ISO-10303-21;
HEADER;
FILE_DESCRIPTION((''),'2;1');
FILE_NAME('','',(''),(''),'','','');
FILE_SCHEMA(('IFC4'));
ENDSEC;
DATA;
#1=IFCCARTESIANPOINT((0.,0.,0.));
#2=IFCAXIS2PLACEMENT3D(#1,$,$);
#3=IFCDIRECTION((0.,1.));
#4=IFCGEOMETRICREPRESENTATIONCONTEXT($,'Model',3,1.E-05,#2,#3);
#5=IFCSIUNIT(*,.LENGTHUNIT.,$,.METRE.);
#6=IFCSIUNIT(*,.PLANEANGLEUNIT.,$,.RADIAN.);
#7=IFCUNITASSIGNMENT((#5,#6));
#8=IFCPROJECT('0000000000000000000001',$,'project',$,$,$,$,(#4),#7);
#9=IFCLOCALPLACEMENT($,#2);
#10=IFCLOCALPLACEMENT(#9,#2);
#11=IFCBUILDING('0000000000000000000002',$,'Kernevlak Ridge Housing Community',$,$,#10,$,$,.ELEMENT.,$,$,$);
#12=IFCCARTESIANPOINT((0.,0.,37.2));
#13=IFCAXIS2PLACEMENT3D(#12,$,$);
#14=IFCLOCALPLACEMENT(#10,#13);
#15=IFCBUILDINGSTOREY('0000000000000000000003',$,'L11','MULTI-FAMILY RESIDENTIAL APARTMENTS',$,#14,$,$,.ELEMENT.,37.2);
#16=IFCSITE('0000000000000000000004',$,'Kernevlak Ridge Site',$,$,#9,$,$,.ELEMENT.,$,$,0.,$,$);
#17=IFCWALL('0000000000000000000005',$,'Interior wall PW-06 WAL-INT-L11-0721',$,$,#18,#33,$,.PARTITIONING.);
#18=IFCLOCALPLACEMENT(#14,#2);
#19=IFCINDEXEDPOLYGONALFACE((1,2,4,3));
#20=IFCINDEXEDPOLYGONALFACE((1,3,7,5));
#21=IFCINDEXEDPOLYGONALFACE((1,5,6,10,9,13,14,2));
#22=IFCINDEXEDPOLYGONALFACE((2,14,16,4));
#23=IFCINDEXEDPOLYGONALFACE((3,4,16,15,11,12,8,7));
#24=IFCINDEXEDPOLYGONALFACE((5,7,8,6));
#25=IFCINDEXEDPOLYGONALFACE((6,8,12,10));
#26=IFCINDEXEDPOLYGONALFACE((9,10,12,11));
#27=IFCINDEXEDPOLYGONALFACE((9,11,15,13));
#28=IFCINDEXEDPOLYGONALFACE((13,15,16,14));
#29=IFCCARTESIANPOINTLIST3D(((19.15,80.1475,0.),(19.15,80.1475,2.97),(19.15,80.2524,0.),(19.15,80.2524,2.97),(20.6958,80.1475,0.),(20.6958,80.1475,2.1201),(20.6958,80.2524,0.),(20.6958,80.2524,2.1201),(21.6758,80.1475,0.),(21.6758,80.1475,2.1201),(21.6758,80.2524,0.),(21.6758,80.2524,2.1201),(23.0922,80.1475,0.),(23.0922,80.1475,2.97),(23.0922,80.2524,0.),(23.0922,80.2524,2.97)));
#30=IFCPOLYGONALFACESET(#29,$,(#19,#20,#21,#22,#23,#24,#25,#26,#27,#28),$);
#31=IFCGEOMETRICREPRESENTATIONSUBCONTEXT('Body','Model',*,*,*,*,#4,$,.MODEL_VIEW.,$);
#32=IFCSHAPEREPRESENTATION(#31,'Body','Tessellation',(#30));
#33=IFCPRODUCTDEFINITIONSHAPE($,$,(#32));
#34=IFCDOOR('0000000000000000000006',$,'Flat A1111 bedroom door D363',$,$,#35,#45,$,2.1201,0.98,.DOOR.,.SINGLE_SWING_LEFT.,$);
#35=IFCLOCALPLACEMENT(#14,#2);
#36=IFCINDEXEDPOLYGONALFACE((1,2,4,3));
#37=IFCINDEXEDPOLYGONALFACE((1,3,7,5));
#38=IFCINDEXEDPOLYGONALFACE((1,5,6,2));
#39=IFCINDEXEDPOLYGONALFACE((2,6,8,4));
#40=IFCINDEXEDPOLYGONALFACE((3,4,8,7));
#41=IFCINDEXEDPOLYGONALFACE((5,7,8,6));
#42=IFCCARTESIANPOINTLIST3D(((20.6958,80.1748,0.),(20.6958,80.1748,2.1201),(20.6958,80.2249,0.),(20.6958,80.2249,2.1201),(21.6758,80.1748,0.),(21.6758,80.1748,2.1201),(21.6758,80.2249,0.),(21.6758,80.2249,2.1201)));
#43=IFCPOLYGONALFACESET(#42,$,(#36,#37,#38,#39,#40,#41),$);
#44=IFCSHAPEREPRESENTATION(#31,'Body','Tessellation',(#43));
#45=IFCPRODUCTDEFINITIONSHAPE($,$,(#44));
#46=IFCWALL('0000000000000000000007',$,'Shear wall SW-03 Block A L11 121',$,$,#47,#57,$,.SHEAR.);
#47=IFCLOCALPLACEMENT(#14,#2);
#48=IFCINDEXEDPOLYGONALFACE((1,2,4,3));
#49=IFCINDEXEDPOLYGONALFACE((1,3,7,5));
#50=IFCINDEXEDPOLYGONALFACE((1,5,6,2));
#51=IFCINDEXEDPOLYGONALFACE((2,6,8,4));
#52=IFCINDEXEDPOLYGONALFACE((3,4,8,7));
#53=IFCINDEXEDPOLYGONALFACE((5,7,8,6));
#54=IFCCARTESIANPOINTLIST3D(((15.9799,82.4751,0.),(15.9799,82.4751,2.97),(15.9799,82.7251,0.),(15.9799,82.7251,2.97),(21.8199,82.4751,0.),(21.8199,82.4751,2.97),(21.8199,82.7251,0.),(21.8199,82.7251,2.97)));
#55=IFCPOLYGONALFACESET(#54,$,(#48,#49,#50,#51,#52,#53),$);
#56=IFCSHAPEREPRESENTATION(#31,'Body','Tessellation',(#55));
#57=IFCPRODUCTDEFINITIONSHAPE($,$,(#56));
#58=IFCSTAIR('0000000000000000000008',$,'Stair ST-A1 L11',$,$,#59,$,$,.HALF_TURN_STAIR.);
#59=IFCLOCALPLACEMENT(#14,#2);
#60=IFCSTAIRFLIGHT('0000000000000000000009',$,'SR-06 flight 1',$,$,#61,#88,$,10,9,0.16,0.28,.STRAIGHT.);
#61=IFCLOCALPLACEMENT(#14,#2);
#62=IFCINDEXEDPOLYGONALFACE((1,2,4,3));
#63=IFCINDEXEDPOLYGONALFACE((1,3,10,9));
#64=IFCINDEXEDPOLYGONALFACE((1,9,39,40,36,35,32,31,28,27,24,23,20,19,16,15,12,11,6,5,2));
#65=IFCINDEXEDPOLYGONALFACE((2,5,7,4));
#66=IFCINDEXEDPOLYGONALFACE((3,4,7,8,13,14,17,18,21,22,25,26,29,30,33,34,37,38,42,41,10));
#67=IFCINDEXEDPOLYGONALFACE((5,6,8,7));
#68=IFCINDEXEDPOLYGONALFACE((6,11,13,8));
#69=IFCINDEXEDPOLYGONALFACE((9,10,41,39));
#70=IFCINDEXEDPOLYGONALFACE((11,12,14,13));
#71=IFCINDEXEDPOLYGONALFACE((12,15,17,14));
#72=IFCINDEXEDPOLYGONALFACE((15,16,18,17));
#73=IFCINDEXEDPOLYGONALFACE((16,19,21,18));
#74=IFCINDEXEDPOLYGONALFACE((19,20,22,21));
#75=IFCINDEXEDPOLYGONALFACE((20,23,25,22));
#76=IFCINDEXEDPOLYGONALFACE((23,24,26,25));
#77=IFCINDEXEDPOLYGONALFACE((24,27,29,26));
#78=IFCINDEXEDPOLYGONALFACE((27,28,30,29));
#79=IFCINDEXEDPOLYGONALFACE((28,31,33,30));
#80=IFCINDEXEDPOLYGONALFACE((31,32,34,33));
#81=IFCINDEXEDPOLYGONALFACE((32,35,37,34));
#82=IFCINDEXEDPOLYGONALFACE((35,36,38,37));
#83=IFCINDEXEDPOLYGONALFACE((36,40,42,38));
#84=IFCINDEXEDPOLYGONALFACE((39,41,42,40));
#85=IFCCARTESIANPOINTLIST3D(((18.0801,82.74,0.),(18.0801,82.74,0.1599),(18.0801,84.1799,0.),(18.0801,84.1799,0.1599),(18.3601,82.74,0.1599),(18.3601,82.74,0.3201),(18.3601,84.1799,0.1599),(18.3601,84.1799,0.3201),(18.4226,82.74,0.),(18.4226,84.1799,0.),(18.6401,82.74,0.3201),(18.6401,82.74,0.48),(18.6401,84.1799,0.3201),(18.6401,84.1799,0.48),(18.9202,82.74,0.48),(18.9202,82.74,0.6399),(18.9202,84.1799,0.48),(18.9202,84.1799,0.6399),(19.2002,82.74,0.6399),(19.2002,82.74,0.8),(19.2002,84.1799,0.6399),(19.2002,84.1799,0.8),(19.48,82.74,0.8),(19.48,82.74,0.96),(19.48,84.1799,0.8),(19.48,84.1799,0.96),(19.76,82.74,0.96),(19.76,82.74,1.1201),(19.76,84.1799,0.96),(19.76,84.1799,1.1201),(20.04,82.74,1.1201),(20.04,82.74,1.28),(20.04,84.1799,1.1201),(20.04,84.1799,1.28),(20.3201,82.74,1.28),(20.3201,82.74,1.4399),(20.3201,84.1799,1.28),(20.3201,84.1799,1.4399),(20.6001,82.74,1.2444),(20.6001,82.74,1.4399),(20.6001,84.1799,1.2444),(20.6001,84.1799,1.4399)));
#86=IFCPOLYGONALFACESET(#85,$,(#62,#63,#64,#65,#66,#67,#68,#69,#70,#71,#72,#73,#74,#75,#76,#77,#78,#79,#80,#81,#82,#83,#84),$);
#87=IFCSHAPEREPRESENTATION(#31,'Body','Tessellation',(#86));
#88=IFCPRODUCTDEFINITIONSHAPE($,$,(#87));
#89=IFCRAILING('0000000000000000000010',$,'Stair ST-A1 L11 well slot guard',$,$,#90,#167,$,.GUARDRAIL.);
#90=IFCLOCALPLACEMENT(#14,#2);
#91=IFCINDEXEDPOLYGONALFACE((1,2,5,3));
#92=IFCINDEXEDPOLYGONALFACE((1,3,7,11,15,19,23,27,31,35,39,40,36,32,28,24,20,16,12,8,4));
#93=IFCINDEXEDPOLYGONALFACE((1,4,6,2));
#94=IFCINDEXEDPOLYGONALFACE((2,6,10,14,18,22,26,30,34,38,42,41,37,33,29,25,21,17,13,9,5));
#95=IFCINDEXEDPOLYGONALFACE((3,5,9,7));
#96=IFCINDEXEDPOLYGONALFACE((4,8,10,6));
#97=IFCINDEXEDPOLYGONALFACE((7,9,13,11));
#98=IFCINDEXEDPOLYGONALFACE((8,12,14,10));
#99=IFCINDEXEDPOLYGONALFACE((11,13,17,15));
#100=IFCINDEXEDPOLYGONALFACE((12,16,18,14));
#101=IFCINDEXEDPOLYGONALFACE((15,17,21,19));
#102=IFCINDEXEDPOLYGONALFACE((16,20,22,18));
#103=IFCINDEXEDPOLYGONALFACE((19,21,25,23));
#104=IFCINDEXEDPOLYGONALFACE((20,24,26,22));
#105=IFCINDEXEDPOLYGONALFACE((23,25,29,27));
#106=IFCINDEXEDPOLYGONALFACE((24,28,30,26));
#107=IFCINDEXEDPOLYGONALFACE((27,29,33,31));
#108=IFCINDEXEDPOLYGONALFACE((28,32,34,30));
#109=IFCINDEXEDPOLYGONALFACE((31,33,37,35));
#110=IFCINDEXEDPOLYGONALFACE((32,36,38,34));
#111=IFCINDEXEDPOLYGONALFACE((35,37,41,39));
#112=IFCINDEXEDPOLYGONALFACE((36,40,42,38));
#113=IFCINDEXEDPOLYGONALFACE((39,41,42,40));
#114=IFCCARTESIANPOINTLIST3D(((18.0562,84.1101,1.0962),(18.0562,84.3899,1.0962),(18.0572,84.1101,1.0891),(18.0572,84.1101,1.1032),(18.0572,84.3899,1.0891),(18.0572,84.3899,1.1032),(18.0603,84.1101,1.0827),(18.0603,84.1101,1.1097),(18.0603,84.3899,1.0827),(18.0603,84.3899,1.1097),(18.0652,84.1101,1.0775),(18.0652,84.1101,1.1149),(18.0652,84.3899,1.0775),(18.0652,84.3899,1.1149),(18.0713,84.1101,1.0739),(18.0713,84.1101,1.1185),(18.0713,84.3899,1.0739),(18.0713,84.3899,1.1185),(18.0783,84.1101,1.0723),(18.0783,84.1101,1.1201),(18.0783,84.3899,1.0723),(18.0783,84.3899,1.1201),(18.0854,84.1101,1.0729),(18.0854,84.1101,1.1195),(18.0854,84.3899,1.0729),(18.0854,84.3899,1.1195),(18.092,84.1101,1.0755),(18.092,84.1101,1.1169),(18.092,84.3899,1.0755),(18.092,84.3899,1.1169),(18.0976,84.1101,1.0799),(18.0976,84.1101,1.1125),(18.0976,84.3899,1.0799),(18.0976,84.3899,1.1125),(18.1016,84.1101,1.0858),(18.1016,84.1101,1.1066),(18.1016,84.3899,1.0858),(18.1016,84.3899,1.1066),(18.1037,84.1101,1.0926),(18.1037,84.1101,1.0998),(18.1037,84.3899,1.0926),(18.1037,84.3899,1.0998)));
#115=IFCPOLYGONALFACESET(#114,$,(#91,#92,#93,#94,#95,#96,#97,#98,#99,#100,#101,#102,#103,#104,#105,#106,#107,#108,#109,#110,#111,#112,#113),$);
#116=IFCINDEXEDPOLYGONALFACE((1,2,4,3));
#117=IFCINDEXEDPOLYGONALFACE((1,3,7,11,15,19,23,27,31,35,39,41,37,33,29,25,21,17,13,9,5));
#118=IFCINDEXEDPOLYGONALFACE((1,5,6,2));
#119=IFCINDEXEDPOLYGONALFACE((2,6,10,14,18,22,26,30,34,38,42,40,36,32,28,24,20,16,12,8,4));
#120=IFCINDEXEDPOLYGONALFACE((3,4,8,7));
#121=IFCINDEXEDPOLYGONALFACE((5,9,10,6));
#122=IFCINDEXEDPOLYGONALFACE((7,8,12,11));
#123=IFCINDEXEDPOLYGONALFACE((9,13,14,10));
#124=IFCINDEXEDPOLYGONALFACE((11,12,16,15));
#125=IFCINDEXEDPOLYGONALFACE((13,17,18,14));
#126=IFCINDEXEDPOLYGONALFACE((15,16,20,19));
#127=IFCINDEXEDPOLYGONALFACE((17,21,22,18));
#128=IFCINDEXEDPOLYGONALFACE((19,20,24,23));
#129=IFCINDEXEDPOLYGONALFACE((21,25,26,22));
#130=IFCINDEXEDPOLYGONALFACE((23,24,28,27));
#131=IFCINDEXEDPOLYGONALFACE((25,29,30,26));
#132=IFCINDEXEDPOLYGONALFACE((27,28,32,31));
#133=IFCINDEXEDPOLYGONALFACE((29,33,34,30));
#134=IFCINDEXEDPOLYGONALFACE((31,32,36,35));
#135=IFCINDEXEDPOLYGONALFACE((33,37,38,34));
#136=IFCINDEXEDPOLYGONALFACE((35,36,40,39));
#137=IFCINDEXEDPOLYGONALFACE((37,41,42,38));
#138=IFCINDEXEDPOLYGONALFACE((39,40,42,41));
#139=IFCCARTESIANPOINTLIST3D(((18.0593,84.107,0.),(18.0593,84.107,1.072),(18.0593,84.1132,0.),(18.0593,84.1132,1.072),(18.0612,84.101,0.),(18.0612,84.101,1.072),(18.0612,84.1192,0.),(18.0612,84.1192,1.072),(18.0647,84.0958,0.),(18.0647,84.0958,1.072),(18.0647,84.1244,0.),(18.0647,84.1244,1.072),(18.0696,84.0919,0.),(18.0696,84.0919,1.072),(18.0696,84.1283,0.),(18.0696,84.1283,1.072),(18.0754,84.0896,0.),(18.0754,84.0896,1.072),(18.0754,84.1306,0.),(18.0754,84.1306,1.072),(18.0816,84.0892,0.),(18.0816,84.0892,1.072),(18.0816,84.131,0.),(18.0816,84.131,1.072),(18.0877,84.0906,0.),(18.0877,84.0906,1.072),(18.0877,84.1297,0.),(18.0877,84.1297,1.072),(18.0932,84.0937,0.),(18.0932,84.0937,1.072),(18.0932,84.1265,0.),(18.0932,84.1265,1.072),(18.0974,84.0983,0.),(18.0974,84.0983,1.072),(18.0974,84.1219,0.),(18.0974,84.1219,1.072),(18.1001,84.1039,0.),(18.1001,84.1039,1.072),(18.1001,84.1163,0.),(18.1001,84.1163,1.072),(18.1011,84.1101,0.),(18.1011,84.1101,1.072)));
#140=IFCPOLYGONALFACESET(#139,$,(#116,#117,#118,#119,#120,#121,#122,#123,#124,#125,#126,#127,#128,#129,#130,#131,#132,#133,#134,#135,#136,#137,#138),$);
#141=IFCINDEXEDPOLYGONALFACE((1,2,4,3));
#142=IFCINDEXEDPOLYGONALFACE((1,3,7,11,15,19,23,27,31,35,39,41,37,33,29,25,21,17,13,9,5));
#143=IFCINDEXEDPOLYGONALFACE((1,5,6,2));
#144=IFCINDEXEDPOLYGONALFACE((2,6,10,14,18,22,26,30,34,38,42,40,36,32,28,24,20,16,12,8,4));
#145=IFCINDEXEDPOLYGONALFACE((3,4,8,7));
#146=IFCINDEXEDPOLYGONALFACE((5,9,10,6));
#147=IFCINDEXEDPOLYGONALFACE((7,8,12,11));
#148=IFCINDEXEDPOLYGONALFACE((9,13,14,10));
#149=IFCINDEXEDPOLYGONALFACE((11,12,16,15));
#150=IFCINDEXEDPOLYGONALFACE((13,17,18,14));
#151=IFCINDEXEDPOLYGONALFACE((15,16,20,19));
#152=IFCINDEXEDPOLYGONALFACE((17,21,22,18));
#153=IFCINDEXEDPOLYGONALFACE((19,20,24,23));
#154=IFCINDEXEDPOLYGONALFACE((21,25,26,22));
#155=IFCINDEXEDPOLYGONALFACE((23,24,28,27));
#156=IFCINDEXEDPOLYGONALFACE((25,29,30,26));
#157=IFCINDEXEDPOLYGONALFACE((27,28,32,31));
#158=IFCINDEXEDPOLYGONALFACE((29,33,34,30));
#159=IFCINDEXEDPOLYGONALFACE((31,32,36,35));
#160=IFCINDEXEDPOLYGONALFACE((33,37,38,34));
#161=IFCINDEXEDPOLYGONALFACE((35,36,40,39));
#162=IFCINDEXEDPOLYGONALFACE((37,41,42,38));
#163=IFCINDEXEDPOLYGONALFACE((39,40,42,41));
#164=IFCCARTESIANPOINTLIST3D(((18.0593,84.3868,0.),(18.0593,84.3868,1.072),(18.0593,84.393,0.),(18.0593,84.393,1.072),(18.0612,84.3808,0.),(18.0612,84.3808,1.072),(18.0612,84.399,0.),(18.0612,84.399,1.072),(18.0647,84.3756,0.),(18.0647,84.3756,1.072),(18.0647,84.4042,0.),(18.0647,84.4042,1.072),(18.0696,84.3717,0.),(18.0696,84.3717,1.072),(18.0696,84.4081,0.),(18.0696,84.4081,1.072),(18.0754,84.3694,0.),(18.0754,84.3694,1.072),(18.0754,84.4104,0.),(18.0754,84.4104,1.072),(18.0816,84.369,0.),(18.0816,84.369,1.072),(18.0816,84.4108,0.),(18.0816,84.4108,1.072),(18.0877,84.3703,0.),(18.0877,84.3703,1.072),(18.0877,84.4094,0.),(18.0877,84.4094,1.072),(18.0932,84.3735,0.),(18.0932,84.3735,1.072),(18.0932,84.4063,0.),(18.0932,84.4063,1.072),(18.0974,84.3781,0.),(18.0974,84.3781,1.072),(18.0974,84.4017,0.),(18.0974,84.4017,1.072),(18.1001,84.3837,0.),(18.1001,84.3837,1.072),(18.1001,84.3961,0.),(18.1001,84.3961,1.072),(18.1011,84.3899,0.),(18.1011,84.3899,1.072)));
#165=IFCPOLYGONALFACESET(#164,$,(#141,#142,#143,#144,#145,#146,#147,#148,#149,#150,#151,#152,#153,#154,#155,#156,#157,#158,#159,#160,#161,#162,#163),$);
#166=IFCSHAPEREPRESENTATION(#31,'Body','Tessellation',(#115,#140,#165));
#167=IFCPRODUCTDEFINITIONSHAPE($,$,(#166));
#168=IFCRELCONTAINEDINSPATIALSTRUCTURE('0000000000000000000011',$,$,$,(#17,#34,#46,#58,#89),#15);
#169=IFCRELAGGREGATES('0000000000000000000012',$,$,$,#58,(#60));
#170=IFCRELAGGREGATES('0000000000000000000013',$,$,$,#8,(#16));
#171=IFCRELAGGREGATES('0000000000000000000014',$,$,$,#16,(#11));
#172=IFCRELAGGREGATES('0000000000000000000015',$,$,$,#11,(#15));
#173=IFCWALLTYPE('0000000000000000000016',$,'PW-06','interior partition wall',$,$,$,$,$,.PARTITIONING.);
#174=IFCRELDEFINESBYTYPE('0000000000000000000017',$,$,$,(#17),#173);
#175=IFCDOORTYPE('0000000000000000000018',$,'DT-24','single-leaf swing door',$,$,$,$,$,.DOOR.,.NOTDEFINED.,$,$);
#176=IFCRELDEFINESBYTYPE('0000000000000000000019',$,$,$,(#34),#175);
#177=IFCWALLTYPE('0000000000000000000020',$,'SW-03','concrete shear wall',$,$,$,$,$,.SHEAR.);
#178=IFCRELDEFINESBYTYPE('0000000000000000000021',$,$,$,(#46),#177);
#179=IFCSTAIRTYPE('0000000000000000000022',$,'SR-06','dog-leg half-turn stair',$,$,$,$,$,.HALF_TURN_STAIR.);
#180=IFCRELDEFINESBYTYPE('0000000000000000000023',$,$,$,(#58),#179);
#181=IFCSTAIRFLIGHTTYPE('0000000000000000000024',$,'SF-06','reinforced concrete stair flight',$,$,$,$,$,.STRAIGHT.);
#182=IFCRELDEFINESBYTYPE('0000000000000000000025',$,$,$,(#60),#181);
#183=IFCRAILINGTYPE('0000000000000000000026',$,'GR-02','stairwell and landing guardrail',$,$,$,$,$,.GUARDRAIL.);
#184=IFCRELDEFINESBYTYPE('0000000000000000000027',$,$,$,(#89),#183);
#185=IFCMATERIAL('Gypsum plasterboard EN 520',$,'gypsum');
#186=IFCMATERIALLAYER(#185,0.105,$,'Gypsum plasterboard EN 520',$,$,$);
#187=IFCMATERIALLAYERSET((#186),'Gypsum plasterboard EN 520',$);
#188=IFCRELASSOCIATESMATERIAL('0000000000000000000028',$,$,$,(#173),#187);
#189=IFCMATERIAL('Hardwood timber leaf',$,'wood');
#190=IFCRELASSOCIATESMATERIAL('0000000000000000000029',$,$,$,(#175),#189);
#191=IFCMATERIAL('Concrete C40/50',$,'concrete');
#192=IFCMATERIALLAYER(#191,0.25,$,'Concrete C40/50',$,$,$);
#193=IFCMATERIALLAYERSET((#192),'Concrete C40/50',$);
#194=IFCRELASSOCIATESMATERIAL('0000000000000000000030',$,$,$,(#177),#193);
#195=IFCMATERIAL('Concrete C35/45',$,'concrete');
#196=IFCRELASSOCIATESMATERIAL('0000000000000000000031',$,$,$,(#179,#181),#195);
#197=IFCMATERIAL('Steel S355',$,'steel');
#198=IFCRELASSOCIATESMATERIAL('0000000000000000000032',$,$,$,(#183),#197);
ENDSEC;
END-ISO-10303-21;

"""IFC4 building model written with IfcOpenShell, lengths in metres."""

from ifc_helpers import new_model, si_unit, direction, frame, frame_2d, origin, origin_2d, place, context, subcontext, project, spatial, polyline, rectangle, circle, outline, extrude, material, layer, layer_set, type_object, element, fill, aggregate, save


model = new_model("IFC4")

# Units and contexts
model_context = context("Model", 3, precision=1e-05, world=origin(), true_north=direction((0.0, 1.0)))
body_context = subcontext(model_context, "Body", "Model", "MODEL_VIEW")
ifc_project = project(units=[si_unit("LENGTHUNIT", "METRE"), si_unit("PLANEANGLEUNIT", "RADIAN")], contexts=[model_context])

# Site, building, storey
site_placement = place(None, origin())
site = spatial("IfcSite", under=ifc_project, at=site_placement, Name="Kernevlak Ridge Site", CompositionType="ELEMENT", RefElevation=0.0)
building_placement = place(site_placement, origin())
building = spatial("IfcBuilding", under=site, at=building_placement, Name="Kernevlak Ridge Housing Community", CompositionType="ELEMENT")
storey_placement = place(building_placement, frame((0.0, 0.0, 37.2)))
storey = spatial("IfcBuildingStorey", under=building, at=storey_placement, Name="L11", Description="MULTI-FAMILY RESIDENTIAL APARTMENTS", CompositionType="ELEMENT", Elevation=37.2)

# Shared definitions
ifc_material_1 = material(Name="Concrete C35/45", Category="concrete")

# Wall, opening, door
ifc_material_2 = material(Name="Gypsum plasterboard EN 520", Category="gypsum")
ifc_layer_1 = layer(ifc_material_2, 0.105, Name="Gypsum plasterboard EN 520")
ifc_layer_set_1 = layer_set([ifc_layer_1], Name="Gypsum plasterboard EN 520")
wall_type_1 = type_object("IfcWallType", Name="PW-06", Description="interior partition wall", PredefinedType="PARTITIONING", material=ifc_layer_set_1)
wall_1_placement = place(storey_placement, frame((19.1499, 80.2, 0.0), z_axis=(0.0, 0.0, 1.0), x_axis=(1.0, 0.0, 0.0)))
wall_1 = element("IfcWall", 1, at=wall_1_placement, inside=storey, type_object=wall_type_1, Name="Interior wall PW-06 WAL-INT-L11-0721", PredefinedType="PARTITIONING", context=body_context, shape_type="SweptSolid", body=[
    extrude(rectangle(XDim=3.9421, YDim=0.105, at=frame_2d((1.9712, 0.0))), origin(), (0.0, 0.0, 1.0), 2.97),
])
opening_1_placement = place(wall_1_placement, frame((1.5459, 0.0, 0.0)))
opening_1 = element("IfcOpeningElement", 2, at=opening_1_placement, cuts=wall_1, PredefinedType="OPENING", context=body_context, shape_type="SweptSolid", body=[
    extrude(rectangle(XDim=0.98, YDim=2.1201, at=frame_2d((0.49, 1.0601))), frame((0.0, 0.0625, 0.0), z_axis=(0.0, -1.0, 0.0), x_axis=(1.0, 0.0, 0.0)), (0.0, 0.0, 1.0), 0.125),
])
ifc_material_3 = material(Name="Hardwood timber leaf", Category="wood")
door_type_1 = type_object("IfcDoorType", Name="DT-24", Description="single-leaf swing door", OperationType="NOTDEFINED", PredefinedType="DOOR", material=ifc_material_3)
door_1_placement = place(opening_1_placement, origin())
door_1 = element("IfcDoor", 3, at=door_1_placement, inside=storey, type_object=door_type_1, Name="Flat A1111 bedroom door D363", OperationType="SINGLE_SWING_LEFT", OverallHeight=2.1201, OverallWidth=0.98, PredefinedType="DOOR", context=body_context, shape_type="SweptSolid", body=[
    extrude(rectangle(XDim=0.98, YDim=2.1201, at=frame_2d((0.49, 1.0601))), frame((0.0, 0.0249, 0.0), z_axis=(0.0, -1.0, 0.0), x_axis=(1.0, 0.0, 0.0)), (0.0, 0.0, 1.0), 0.05),
])
fill(opening_1, door_1)

# Wall
ifc_material_4 = material(Name="Concrete C40/50", Category="concrete")
ifc_layer_2 = layer(ifc_material_4, 0.25, Name="Concrete C40/50")
ifc_layer_set_2 = layer_set([ifc_layer_2], Name="Concrete C40/50")
wall_type_2 = type_object("IfcWallType", Name="SW-03", Description="concrete shear wall", PredefinedType="SHEAR", material=ifc_layer_set_2)
wall_2_placement = place(storey_placement, frame((15.98, 82.6001, 0.0), z_axis=(0.0, 0.0, 1.0), x_axis=(1.0, 0.0, 0.0)))
element("IfcWall", 4, at=wall_2_placement, inside=storey, type_object=wall_type_2, Name="Shear wall SW-03 Block A L11 121", PredefinedType="SHEAR", context=body_context, shape_type="SweptSolid", body=[
    extrude(rectangle(XDim=5.8401, YDim=0.25, at=frame_2d((2.9199, 0.0))), origin(), (0.0, 0.0, 1.0), 2.97),
])

# Stair, stair flight
stair_type = type_object("IfcStairType", Name="SR-06", Description="dog-leg half-turn stair", PredefinedType="HALF_TURN_STAIR", material=ifc_material_1)
stair_placement = place(storey_placement, origin())
stair = element("IfcStair", 5, at=stair_placement, inside=storey, type_object=stair_type, Name="Stair ST-A1 L11", PredefinedType="HALF_TURN_STAIR")
stair_flight_type = type_object("IfcStairFlightType", Name="SF-06", Description="reinforced concrete stair flight", PredefinedType="STRAIGHT", material=ifc_material_1)
stair_flight_placement = place(storey_placement, frame((18.0801, 83.46, 0.0), z_axis=(0.0, 0.0, 1.0), x_axis=(1.0, 0.0, 0.0)))
stair_flight = element("IfcStairFlight", 6, at=stair_flight_placement, type_object=stair_flight_type, Name="SR-06 flight 1", NumberOfRisers=10, NumberOfTreads=9, PredefinedType="STRAIGHT", RiserHeight=0.16, TreadLength=0.28, context=body_context, shape_type="SweptSolid", body=[
    extrude(outline(polyline([(0.0, 0.0), (0.0, 0.1599), (0.28, 0.1599), (0.28, 0.3201), (0.5601, 0.3201), (0.5601, 0.48), (0.8401, 0.48), (0.8401, 0.6399), (1.1201, 0.6399), (1.1201, 0.8), (1.3999, 0.8), (1.3999, 0.96), (1.6799, 0.96), (1.6799, 1.1201), (1.96, 1.1201), (1.96, 1.28), (2.24, 1.28), (2.24, 1.4399), (2.52, 1.4399), (2.52, 1.6001), (2.52, 1.2444), (0.3425, 0.0), (0.0, 0.0)])), frame((0.0, 0.72, 0.0), z_axis=(0.0, -1.0, 0.0), x_axis=(1.0, 0.0, 0.0)), (0.0, 0.0, 1.0), 1.4399),
])
aggregate(stair, [stair_flight])

# Railing
ifc_material_5 = material(Name="Steel S355", Category="steel")
railing_type_1 = type_object("IfcRailingType", Name="GR-02", Description="stairwell and landing guardrail", PredefinedType="GUARDRAIL", material=ifc_material_5)
railing_1_placement = place(storey_placement, frame((18.0801, 84.1101, 0.0)))
element("IfcRailing", 7, at=railing_1_placement, inside=storey, type_object=railing_type_1, Name="Stair ST-A1 L11 well slot guard", PredefinedType="GUARDRAIL", context=body_context, shape_type="SweptSolid", body=[
    extrude(circle(Radius=0.0239, at=origin_2d()), frame((0.0, 0.0, 1.0962), z_axis=(0.0, 1.0, 0.0), x_axis=(-1.0, 0.0, 0.0)), (0.0, 0.0, 1.0), 0.2798),
    extrude(circle(Radius=0.021, at=origin_2d()), origin(), (0.0, 0.0, 1.0), 1.072),
    extrude(circle(Radius=0.021, at=origin_2d()), frame((0.0, 0.2798, 0.0)), (0.0, 0.0, 1.0), 1.072),
])

save(model, "model.ifc")
